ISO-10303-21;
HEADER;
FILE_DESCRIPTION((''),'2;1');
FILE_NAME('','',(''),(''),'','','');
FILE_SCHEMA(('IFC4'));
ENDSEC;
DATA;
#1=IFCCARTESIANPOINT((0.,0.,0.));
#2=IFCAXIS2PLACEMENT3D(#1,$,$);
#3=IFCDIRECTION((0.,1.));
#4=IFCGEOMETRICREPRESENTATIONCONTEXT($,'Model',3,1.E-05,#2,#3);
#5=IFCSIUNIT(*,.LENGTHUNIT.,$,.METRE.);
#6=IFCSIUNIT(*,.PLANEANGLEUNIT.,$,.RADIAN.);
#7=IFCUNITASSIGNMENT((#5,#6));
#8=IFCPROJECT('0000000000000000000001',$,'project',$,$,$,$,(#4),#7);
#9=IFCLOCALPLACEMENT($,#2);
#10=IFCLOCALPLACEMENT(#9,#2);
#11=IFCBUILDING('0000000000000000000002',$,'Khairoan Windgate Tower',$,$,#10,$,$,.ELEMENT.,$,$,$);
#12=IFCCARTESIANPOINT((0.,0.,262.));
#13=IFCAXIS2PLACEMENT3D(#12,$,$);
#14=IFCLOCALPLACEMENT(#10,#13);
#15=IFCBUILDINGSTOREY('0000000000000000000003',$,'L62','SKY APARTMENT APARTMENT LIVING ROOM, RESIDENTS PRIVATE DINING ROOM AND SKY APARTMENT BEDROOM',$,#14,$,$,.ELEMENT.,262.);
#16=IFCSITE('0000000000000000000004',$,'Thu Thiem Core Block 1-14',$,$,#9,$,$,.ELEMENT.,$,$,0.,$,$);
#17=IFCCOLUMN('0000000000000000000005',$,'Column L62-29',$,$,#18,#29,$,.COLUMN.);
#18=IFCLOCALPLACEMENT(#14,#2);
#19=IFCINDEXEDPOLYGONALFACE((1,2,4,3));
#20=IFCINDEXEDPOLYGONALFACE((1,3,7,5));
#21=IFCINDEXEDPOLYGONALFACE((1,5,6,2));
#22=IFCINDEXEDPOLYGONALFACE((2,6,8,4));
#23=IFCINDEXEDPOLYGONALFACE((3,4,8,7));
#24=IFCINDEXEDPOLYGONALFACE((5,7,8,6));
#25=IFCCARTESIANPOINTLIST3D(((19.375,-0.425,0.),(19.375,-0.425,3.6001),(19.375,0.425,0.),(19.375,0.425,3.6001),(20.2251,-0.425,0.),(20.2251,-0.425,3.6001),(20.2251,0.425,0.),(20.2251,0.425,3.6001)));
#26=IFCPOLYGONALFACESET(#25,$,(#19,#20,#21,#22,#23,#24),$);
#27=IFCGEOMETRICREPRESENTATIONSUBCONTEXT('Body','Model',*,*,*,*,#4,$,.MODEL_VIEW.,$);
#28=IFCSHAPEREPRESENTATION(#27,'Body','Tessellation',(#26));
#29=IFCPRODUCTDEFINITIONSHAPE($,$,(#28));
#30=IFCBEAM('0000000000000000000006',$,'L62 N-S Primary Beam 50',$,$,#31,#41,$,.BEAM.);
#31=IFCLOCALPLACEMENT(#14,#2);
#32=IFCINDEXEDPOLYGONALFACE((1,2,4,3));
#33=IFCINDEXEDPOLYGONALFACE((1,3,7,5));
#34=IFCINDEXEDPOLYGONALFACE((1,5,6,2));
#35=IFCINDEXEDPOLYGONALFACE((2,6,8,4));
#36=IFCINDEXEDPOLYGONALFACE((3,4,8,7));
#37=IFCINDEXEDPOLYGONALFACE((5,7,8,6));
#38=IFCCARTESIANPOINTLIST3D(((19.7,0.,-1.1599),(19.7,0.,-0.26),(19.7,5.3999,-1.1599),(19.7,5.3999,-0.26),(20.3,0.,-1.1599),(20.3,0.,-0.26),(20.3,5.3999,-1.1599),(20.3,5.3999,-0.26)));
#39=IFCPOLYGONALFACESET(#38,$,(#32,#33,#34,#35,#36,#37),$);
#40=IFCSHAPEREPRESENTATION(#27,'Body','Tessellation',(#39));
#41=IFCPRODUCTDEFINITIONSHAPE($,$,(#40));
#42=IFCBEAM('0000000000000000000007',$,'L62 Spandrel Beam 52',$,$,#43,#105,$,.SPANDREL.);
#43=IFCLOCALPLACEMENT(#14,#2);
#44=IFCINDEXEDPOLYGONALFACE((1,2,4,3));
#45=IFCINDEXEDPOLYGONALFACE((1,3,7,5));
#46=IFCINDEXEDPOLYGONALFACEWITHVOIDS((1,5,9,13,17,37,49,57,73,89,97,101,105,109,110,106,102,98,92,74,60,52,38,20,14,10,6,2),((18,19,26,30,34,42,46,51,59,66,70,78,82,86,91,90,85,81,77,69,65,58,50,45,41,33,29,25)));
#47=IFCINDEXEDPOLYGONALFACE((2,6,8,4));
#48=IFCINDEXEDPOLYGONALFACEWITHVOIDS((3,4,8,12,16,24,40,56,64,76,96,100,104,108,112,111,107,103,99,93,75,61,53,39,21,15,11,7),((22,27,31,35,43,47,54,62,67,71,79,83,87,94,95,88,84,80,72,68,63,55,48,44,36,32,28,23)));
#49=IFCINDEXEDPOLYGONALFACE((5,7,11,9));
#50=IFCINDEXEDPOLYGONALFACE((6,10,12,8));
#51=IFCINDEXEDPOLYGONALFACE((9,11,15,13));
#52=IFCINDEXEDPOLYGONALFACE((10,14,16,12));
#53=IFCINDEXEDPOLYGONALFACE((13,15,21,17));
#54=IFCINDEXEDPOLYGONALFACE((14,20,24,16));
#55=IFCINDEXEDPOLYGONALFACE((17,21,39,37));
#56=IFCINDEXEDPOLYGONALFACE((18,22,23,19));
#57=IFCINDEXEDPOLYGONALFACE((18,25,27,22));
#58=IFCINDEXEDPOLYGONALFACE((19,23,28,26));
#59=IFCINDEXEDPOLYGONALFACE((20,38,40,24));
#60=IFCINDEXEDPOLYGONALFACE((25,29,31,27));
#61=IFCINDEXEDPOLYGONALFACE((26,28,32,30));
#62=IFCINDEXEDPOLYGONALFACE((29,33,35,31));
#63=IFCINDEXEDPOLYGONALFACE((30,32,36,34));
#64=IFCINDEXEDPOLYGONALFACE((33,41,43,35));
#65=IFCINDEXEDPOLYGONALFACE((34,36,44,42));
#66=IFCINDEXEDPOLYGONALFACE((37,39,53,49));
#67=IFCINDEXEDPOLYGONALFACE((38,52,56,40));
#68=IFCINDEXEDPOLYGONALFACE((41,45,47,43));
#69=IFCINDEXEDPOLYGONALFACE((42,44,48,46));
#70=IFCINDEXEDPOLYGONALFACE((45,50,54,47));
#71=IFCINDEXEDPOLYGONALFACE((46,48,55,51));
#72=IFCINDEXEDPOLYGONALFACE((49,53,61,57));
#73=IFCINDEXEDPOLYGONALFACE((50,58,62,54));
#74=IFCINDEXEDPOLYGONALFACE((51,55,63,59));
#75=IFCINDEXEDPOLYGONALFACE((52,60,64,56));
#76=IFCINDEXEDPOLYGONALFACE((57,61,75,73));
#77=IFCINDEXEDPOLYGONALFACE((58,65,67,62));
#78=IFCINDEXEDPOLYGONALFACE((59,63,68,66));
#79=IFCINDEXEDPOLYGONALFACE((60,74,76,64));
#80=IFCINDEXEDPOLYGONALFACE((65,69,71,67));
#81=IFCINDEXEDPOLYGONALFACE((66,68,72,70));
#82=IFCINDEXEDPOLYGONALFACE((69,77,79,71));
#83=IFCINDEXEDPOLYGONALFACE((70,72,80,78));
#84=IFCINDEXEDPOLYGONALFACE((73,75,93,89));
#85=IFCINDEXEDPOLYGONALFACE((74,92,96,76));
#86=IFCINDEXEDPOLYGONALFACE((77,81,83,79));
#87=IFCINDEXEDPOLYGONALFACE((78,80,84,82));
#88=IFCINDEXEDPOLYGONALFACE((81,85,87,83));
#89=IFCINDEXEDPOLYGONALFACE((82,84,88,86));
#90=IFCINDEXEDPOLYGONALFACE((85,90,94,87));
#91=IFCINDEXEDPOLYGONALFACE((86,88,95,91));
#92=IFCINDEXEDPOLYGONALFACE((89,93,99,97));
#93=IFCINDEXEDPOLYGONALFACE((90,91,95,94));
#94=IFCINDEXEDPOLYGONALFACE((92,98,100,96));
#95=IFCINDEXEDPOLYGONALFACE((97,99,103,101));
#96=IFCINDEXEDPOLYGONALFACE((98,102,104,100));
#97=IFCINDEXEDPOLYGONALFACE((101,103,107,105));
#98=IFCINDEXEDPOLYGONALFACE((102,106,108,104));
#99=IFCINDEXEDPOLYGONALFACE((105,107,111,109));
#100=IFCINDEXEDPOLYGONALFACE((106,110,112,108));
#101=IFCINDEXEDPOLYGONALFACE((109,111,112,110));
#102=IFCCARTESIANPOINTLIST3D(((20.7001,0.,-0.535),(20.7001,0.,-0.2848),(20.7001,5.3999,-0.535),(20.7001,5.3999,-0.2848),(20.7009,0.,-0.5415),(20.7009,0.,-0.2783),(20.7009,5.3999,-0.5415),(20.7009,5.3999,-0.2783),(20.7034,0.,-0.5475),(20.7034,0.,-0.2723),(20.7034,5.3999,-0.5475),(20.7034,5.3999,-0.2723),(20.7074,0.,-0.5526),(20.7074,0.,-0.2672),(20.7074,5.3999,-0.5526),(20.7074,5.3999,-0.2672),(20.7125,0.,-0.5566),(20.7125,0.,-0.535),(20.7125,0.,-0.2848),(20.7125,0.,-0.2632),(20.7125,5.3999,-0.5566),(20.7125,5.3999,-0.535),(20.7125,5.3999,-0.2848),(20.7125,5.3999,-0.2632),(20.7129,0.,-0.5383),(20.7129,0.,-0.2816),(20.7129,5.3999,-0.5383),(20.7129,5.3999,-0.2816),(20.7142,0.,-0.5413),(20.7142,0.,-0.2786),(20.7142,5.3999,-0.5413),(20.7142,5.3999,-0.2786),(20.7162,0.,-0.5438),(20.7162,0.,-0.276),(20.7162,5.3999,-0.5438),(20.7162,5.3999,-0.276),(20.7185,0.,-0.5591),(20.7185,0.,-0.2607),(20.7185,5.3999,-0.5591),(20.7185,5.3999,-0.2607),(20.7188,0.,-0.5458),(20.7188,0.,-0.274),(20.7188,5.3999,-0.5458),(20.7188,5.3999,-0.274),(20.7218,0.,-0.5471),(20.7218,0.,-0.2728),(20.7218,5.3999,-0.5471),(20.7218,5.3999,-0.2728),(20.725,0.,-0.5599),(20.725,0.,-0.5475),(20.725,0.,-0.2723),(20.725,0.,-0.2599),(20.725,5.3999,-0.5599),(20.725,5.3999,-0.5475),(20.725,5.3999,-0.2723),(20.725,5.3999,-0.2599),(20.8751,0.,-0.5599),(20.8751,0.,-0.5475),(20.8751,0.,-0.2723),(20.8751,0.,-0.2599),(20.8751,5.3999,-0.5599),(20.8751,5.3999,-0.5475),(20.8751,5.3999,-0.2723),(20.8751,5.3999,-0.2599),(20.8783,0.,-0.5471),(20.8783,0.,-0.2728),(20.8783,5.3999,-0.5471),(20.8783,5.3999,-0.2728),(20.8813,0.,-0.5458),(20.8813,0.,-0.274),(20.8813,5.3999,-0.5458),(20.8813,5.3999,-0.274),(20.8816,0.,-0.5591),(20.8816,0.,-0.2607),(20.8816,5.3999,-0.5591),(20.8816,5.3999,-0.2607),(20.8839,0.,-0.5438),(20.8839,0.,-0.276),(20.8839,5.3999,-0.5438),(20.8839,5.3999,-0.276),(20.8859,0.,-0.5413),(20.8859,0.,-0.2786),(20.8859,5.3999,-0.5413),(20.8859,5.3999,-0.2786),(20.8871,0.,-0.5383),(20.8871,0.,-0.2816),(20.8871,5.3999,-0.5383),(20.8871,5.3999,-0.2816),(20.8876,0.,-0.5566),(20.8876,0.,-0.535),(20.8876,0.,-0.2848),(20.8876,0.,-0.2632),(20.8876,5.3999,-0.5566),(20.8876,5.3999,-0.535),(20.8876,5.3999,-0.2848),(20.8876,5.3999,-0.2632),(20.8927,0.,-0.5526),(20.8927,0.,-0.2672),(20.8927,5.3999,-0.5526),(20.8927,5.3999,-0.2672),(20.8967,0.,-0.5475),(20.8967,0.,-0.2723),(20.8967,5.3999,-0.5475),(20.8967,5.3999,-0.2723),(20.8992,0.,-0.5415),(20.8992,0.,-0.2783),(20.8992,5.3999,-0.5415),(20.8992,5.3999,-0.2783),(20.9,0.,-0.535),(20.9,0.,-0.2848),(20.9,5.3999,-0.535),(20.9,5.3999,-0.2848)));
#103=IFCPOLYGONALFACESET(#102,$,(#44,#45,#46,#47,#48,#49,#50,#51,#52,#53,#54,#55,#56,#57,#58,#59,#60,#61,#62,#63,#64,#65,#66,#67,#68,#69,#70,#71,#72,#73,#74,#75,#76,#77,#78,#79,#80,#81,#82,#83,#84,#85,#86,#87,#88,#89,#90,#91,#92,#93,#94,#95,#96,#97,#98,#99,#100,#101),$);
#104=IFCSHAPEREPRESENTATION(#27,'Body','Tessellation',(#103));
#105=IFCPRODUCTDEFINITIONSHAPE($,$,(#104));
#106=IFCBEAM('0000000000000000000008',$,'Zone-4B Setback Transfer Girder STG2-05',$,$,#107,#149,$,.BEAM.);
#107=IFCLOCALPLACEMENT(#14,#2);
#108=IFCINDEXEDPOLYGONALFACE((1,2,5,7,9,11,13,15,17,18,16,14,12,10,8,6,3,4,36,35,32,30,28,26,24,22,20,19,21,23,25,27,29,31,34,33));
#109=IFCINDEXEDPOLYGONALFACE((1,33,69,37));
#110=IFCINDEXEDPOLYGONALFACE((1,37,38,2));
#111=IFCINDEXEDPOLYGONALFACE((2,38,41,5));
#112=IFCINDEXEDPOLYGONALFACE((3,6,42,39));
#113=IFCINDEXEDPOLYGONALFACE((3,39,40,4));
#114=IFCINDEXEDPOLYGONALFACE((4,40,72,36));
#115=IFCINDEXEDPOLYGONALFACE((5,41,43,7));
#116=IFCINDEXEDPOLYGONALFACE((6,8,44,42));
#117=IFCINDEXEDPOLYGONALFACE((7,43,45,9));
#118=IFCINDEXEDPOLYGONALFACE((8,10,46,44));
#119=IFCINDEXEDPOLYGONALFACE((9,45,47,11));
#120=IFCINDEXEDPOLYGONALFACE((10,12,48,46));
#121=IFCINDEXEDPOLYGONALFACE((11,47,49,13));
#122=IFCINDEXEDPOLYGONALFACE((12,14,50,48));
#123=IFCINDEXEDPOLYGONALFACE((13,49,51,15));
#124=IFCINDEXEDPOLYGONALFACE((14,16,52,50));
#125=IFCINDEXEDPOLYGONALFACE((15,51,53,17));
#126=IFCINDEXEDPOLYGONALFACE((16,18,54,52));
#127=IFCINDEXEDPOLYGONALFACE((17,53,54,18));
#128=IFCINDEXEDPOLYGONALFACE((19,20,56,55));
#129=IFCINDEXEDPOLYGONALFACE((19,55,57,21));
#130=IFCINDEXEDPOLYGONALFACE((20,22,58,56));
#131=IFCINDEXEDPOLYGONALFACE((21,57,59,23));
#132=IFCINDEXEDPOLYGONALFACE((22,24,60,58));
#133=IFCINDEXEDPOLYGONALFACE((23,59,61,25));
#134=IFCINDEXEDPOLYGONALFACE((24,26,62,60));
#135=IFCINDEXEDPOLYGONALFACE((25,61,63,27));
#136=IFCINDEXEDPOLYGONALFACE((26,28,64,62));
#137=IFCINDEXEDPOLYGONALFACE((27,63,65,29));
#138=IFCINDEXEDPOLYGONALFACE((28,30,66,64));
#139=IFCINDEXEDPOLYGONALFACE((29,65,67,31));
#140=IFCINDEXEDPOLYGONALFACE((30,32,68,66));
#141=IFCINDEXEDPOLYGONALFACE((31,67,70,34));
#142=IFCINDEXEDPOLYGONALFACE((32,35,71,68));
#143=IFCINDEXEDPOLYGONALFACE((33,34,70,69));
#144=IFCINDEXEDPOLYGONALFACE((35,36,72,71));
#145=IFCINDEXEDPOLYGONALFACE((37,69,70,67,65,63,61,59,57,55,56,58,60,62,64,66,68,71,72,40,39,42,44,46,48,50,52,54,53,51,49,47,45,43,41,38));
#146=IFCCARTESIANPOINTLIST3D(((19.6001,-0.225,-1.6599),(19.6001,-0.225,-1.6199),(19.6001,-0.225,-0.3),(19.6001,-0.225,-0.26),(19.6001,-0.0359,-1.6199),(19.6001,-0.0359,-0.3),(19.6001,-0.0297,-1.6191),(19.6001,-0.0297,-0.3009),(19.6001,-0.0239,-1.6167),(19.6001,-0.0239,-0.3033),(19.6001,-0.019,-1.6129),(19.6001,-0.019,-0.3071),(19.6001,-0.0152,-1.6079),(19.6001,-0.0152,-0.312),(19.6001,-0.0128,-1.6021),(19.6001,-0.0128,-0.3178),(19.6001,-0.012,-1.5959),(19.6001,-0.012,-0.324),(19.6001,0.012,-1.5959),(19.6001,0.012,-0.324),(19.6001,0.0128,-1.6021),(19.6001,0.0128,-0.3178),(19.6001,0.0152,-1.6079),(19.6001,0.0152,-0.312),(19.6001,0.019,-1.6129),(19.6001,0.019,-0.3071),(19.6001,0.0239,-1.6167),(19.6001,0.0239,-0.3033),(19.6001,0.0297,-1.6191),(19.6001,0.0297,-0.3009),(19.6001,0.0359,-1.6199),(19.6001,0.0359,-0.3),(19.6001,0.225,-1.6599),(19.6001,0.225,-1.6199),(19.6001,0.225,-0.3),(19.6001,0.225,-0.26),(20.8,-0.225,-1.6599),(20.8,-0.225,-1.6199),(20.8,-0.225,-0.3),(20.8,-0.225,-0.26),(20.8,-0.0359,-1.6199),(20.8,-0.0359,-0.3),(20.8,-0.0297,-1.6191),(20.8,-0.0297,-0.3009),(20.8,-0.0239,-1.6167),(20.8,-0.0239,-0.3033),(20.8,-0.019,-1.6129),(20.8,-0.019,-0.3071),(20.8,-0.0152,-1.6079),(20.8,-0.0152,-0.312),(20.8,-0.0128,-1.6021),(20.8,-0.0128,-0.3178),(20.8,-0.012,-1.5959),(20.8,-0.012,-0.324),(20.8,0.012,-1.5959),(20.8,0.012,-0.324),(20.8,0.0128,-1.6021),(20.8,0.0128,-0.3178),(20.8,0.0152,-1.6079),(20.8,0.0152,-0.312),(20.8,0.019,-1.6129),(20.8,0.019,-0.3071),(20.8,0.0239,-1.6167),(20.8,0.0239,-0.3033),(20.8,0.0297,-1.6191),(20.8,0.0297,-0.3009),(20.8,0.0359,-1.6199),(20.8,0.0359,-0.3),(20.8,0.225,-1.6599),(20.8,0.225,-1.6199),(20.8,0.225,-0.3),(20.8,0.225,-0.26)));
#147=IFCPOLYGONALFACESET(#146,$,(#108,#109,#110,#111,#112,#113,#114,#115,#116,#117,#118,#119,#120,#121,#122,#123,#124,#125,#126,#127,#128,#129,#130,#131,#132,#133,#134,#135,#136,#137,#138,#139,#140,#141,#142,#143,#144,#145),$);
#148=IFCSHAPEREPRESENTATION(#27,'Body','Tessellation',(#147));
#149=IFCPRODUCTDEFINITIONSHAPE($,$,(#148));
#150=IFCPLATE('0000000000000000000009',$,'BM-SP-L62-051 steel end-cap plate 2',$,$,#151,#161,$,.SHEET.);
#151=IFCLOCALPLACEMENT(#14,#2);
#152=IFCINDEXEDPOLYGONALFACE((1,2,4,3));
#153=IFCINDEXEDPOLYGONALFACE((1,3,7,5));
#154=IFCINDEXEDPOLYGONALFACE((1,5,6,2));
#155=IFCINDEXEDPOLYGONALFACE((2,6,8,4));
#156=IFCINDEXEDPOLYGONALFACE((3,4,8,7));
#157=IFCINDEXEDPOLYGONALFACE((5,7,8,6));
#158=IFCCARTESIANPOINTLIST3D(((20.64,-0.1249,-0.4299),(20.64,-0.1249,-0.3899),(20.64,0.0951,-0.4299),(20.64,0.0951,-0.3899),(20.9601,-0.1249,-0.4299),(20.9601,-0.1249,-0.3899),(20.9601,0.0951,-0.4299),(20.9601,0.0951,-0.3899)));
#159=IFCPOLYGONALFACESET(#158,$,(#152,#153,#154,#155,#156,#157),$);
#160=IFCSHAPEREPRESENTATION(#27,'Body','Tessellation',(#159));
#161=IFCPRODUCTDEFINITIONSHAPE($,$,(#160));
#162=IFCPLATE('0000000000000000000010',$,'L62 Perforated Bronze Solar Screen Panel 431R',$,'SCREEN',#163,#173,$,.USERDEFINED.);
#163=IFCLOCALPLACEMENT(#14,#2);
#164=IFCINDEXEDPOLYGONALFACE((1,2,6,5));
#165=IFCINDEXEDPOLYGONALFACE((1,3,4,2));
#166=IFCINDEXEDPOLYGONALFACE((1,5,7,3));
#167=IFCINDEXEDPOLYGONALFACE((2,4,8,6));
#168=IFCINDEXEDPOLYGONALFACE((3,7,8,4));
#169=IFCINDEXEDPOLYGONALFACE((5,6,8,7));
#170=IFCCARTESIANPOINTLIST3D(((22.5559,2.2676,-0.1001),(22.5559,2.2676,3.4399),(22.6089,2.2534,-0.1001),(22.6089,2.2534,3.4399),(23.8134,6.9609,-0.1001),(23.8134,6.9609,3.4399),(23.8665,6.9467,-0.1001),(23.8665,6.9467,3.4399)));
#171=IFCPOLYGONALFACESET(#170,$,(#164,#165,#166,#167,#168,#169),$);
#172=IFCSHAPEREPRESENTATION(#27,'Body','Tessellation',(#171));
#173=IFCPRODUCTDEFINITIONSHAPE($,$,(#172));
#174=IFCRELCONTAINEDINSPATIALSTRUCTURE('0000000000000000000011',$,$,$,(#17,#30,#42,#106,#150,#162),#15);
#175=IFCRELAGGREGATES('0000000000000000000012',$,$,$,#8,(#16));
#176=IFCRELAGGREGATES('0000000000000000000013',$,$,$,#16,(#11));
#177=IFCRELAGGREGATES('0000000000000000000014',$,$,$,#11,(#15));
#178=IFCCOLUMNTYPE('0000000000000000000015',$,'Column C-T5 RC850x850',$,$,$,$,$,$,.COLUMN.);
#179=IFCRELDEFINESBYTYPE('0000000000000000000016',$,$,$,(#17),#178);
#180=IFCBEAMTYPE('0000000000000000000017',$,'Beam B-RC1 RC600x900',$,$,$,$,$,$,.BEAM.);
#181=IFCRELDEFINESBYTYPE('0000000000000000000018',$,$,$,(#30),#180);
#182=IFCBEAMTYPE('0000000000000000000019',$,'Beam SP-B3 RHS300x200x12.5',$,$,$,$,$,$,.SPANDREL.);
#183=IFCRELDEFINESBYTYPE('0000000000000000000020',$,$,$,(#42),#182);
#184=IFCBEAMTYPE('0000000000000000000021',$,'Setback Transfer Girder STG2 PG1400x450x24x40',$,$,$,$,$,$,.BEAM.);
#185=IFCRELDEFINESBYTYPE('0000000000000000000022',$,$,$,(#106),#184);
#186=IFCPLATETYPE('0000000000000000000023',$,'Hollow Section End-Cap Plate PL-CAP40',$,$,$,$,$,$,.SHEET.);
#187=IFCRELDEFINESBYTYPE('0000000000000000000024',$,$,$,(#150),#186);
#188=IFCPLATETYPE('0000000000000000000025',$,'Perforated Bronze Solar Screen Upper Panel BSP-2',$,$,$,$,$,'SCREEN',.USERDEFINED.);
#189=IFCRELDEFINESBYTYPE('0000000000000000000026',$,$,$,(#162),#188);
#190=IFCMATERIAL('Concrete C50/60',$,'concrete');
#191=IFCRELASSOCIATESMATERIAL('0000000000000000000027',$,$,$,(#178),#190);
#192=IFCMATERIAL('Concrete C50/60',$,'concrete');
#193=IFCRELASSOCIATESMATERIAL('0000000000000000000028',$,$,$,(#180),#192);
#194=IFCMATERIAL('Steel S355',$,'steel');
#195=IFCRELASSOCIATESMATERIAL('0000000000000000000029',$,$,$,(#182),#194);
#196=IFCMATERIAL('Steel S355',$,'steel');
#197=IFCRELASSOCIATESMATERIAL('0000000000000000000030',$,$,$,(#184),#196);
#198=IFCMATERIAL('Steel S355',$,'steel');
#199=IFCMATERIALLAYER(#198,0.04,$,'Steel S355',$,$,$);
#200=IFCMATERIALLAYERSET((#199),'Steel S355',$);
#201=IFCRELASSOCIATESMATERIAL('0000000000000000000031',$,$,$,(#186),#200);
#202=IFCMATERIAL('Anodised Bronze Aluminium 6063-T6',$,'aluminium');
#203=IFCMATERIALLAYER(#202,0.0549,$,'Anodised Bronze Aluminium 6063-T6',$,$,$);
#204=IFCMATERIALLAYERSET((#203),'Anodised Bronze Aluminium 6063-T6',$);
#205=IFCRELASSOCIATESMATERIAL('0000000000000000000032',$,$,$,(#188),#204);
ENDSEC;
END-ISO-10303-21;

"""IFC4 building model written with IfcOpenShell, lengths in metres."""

from ifc_helpers import new_model, si_unit, direction, frame, origin, origin_2d, place, context, subcontext, project, spatial, rectangle, hollow_rectangle, i_section, extrude, material, layer, layer_set, material_profile, profile_set, type_object, element, save


model = new_model("IFC4")

# Units and contexts
model_context = context("Model", 3, precision=1e-05, world=origin(), true_north=direction((0.0, 1.0)))
body_context = subcontext(model_context, "Body", "Model", "MODEL_VIEW")
ifc_project = project(units=[si_unit("LENGTHUNIT", "METRE"), si_unit("PLANEANGLEUNIT", "RADIAN")], contexts=[model_context])

# Site, building, storey
site_placement = place(None, origin())
site = spatial("IfcSite", under=ifc_project, at=site_placement, Name="Thu Thiem Core Block 1-14", CompositionType="ELEMENT", RefElevation=0.0)
building_placement = place(site_placement, origin())
building = spatial("IfcBuilding", under=site, at=building_placement, Name="Khairoan Windgate Tower", CompositionType="ELEMENT")
storey_placement = place(building_placement, frame((0.0, 0.0, 262.0)))
storey = spatial("IfcBuildingStorey", under=building, at=storey_placement, Name="L62", Description="SKY APARTMENT APARTMENT LIVING ROOM, RESIDENTS PRIVATE DINING ROOM AND SKY APARTMENT BEDROOM", CompositionType="ELEMENT", Elevation=262.0)

# Column
ifc_material_1 = material(Name="Concrete C50/60", Category="concrete")
ifc_material_profile_1 = material_profile(ifc_material_1, rectangle(XDim=0.8501, YDim=0.8501, at=origin_2d()))
ifc_profile_set_1 = profile_set([ifc_material_profile_1], Name="Concrete C50/60")
column_type = type_object("IfcColumnType", Name="Column C-T5 RC850x850", PredefinedType="COLUMN", material=ifc_profile_set_1)
column_placement = place(storey_placement, frame((19.8, 0.0, 0.0), z_axis=(0.0, 0.0, 1.0), x_axis=(1.0, 0.0, 0.0)))
element("IfcColumn", 1, at=column_placement, inside=storey, type_object=column_type, Name="Column L62-29", PredefinedType="COLUMN", context=body_context, shape_type="SweptSolid", body=[
    extrude(rectangle(XDim=0.8501, YDim=0.8501, at=origin_2d()), origin(), (0.0, 0.0, 1.0), 3.6001),
])

# Beams
ifc_material_2 = material(Name="Concrete C50/60", Category="concrete")
ifc_material_profile_2 = material_profile(ifc_material_2, rectangle(XDim=0.6001, YDim=0.8999, at=origin_2d()))
ifc_profile_set_2 = profile_set([ifc_material_profile_2], Name="Concrete C50/60")
beam_type_1 = type_object("IfcBeamType", Name="Beam B-RC1 RC600x900", PredefinedType="BEAM", material=ifc_profile_set_2)
beam_1_placement = place(storey_placement, frame((20.0, 0.0, -0.71), z_axis=(0.0, 1.0, 0.0), x_axis=(-1.0, 0.0, 0.0)))
element("IfcBeam", 2, at=beam_1_placement, inside=storey, type_object=beam_type_1, Name="L62 N-S Primary Beam 50", PredefinedType="BEAM", context=body_context, shape_type="SweptSolid", body=[
    extrude(rectangle(XDim=0.6001, YDim=0.8999, at=origin_2d()), origin(), (0.0, 0.0, 1.0), 5.3999),
])
ifc_material_3 = material(Name="Steel S355", Category="steel")
ifc_material_profile_3 = material_profile(ifc_material_3, hollow_rectangle(XDim=0.2, YDim=0.3, WallThickness=0.0125, InnerFilletRadius=0.0125, OuterFilletRadius=0.0249, at=origin_2d()))
ifc_profile_set_3 = profile_set([ifc_material_profile_3], Name="Steel S355")
beam_type_2 = type_object("IfcBeamType", Name="Beam SP-B3 RHS300x200x12.5", PredefinedType="SPANDREL", material=ifc_profile_set_3)
beam_2_placement = place(storey_placement, frame((20.8, 0.0, -0.4099), z_axis=(0.0, 1.0, 0.0), x_axis=(-1.0, 0.0, 0.0)))
element("IfcBeam", 3, at=beam_2_placement, inside=storey, type_object=beam_type_2, Name="L62 Spandrel Beam 52", PredefinedType="SPANDREL", context=body_context, shape_type="SweptSolid", body=[
    extrude(hollow_rectangle(XDim=0.2, YDim=0.3, WallThickness=0.0125, InnerFilletRadius=0.0125, OuterFilletRadius=0.0249, at=origin_2d()), origin(), (0.0, 0.0, 1.0), 5.3999),
])
ifc_material_4 = material(Name="Steel S355", Category="steel")
ifc_material_profile_4 = material_profile(ifc_material_4, i_section(OverallWidth=0.45, OverallDepth=1.3999, WebThickness=0.0239, FlangeThickness=0.04, FilletRadius=0.0239, at=origin_2d()))
ifc_profile_set_4 = profile_set([ifc_material_profile_4], Name="Steel S355")
beam_type_3 = type_object("IfcBeamType", Name="Setback Transfer Girder STG2 PG1400x450x24x40", PredefinedType="BEAM", material=ifc_profile_set_4)
beam_3_placement = place(storey_placement, frame((19.6001, 0.0, -0.96), z_axis=(1.0, 0.0, 0.0), x_axis=(0.0, 1.0, 0.0)))
element("IfcBeam", 4, at=beam_3_placement, inside=storey, type_object=beam_type_3, Name="Zone-4B Setback Transfer Girder STG2-05", PredefinedType="BEAM", context=body_context, shape_type="SweptSolid", body=[
    extrude(i_section(OverallWidth=0.45, OverallDepth=1.3999, WebThickness=0.0239, FlangeThickness=0.04, FilletRadius=0.0239, at=origin_2d()), origin(), (0.0, 0.0, 1.0), 1.2),
])

# Plates
ifc_material_5 = material(Name="Steel S355", Category="steel")
ifc_layer_1 = layer(ifc_material_5, 0.04, Name="Steel S355")
ifc_layer_set_1 = layer_set([ifc_layer_1], Name="Steel S355")
plate_type_1 = type_object("IfcPlateType", Name="Hollow Section End-Cap Plate PL-CAP40", PredefinedType="SHEET", material=ifc_layer_set_1)
plate_1_placement = place(storey_placement, frame((20.8, -0.0149, -0.4299), z_axis=(0.0, 0.0, 1.0), x_axis=(0.0, 1.0, 0.0)))
element("IfcPlate", 5, at=plate_1_placement, inside=storey, type_object=plate_type_1, Name="BM-SP-L62-051 steel end-cap plate 2", PredefinedType="SHEET", context=body_context, shape_type="SweptSolid", body=[
    extrude(rectangle(XDim=0.22, YDim=0.3201, at=origin_2d()), origin(), (0.0, 0.0, 1.0), 0.04),
])
ifc_material_6 = material(Name="Anodised Bronze Aluminium 6063-T6", Category="aluminium")
ifc_layer_2 = layer(ifc_material_6, 0.0549, Name="Anodised Bronze Aluminium 6063-T6")
ifc_layer_set_2 = layer_set([ifc_layer_2], Name="Anodised Bronze Aluminium 6063-T6")
plate_type_2 = type_object("IfcPlateType", Name="Perforated Bronze Solar Screen Upper Panel BSP-2", ElementType="SCREEN", PredefinedType="USERDEFINED", material=ifc_layer_set_2)
plate_2_placement = place(storey_placement, frame((23.2112, 4.6072, -0.1001), z_axis=(0.0, 0.0, 1.0), x_axis=(-0.258819, -0.965926, 0.0)))
element("IfcPlate", 6, at=plate_2_placement, inside=storey, type_object=plate_type_2, Name="L62 Perforated Bronze Solar Screen Panel 431R", ObjectType="SCREEN", PredefinedType="USERDEFINED", context=body_context, shape_type="SweptSolid", body=[
    extrude(rectangle(XDim=4.8589, YDim=0.0549, at=origin_2d()), origin(), (0.0, 0.0, 1.0), 3.54),
])

save(model, "model.ifc")
